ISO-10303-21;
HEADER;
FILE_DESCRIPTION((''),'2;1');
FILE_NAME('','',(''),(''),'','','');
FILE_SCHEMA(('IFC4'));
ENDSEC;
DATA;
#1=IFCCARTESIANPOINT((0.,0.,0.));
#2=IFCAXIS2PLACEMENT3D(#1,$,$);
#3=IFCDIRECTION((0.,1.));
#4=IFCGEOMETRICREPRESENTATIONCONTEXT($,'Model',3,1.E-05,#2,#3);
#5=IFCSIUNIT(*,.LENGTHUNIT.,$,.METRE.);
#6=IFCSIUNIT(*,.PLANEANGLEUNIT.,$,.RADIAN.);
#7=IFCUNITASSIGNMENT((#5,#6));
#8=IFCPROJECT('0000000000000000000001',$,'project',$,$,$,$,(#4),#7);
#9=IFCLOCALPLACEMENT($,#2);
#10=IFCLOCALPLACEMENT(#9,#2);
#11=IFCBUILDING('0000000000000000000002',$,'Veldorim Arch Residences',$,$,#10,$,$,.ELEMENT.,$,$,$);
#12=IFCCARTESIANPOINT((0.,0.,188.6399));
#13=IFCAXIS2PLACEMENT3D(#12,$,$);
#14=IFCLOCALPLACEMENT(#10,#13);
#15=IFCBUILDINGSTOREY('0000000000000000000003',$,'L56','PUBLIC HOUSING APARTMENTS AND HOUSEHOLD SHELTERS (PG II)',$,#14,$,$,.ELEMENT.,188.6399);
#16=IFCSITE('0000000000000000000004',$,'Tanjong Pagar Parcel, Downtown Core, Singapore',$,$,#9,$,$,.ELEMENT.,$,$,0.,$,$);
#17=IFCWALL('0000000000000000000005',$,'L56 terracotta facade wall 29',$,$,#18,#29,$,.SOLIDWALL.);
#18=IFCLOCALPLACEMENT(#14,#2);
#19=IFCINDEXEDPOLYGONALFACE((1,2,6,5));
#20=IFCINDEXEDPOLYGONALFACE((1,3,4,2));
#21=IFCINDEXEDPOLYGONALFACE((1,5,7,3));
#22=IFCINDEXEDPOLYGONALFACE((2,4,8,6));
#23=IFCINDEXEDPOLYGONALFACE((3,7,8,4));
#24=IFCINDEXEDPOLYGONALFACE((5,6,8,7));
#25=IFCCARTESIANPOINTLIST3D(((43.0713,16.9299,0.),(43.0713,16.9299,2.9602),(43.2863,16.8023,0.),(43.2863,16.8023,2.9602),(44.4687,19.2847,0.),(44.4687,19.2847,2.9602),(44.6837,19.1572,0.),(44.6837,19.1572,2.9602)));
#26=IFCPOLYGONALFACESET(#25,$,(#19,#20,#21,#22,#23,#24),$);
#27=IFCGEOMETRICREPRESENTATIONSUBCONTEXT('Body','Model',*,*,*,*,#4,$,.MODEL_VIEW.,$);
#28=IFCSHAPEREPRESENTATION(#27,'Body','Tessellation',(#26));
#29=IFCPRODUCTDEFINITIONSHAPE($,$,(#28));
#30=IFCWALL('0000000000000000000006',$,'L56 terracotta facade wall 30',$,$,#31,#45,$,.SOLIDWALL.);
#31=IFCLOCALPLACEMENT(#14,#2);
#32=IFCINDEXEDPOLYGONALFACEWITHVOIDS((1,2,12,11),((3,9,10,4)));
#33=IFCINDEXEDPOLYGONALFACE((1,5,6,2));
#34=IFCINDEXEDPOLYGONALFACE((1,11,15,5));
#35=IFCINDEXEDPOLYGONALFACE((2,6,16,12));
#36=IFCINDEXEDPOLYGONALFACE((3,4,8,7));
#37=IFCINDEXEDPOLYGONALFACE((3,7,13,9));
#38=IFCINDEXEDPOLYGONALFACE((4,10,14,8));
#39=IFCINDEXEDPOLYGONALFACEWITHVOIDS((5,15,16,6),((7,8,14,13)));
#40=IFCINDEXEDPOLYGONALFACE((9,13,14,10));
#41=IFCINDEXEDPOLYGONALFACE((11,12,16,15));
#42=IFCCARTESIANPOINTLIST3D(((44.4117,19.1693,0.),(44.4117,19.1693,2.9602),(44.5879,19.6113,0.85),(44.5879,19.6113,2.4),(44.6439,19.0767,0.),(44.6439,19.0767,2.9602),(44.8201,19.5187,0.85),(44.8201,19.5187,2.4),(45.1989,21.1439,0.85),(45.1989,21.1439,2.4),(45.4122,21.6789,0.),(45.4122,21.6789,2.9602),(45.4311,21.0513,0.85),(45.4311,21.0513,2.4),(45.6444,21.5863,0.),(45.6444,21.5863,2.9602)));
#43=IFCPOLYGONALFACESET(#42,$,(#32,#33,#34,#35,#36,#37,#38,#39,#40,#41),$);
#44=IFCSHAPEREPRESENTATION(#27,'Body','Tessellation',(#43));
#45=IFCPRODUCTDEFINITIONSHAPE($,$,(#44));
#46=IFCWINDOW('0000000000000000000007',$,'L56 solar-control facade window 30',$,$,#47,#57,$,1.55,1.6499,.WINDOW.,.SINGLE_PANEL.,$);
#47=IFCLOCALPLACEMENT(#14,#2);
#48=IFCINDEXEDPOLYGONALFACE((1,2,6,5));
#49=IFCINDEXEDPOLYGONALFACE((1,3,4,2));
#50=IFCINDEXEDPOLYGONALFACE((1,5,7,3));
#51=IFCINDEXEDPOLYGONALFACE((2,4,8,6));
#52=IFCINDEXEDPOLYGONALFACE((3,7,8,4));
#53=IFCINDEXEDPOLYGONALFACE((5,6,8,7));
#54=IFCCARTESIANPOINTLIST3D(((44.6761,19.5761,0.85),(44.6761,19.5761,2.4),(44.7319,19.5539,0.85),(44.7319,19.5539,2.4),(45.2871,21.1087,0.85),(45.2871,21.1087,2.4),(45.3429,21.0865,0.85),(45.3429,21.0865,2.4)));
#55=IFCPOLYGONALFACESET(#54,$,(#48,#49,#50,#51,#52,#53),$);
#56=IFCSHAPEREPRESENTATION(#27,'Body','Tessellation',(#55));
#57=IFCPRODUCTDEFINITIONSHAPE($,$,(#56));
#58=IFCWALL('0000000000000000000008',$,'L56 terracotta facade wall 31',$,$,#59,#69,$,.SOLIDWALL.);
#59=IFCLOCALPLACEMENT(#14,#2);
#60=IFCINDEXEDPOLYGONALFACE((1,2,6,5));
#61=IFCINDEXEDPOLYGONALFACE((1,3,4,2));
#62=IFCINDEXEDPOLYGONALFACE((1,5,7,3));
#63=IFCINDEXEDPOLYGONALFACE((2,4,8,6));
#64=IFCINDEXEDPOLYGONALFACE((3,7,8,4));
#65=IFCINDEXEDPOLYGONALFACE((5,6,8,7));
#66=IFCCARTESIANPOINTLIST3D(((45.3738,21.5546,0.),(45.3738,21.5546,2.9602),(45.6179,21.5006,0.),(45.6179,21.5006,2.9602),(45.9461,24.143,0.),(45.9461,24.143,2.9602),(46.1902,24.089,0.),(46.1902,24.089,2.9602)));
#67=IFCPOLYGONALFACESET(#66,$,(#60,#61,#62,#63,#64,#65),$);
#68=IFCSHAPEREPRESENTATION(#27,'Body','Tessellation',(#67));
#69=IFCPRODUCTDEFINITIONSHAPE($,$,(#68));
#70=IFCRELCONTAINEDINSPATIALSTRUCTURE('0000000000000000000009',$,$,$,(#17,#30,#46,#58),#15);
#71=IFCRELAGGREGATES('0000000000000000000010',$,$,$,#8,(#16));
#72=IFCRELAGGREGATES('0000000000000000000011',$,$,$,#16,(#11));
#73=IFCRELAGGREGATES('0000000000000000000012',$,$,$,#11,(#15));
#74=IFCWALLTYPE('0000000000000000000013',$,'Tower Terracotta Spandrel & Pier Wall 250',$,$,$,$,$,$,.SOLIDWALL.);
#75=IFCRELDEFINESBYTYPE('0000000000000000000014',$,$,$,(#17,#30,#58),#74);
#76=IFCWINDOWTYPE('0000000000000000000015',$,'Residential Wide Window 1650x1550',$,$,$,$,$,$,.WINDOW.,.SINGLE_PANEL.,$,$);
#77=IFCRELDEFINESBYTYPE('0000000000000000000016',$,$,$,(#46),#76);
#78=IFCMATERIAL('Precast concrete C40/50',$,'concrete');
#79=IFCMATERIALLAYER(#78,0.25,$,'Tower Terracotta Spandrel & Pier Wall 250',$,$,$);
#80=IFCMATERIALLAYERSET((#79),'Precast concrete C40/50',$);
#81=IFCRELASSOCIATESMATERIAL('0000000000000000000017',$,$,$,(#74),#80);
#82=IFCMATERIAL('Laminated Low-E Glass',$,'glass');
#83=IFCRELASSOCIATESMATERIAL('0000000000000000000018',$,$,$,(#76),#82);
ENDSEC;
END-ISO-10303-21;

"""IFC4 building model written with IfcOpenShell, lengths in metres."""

from ifc_helpers import new_model, si_unit, direction, frame, frame_2d, origin, place, context, subcontext, project, spatial, rectangle, extrude, material, layer, layer_set, type_object, element, fill, save


model = new_model("IFC4")

# Units and contexts
model_context = context("Model", 3, precision=1e-05, world=origin(), true_north=direction((0.0, 1.0)))
body_context = subcontext(model_context, "Body", "Model", "MODEL_VIEW")
ifc_project = project(units=[si_unit("LENGTHUNIT", "METRE"), si_unit("PLANEANGLEUNIT", "RADIAN")], contexts=[model_context])

# Site, building, storey
site_placement = place(None, origin())
site = spatial("IfcSite", under=ifc_project, at=site_placement, Name="Tanjong Pagar Parcel, Downtown Core, Singapore", CompositionType="ELEMENT", RefElevation=0.0)
building_placement = place(site_placement, origin())
building = spatial("IfcBuilding", under=site, at=building_placement, Name="Veldorim Arch Residences", CompositionType="ELEMENT")
storey_placement = place(building_placement, frame((0.0, 0.0, 188.6399)))
storey = spatial("IfcBuildingStorey", under=building, at=storey_placement, Name="L56", Description="PUBLIC HOUSING APARTMENTS AND HOUSEHOLD SHELTERS (PG II)", CompositionType="ELEMENT", Elevation=188.6399)

# Wall
ifc_material_1 = material(Name="Precast concrete C40/50", Category="concrete")
ifc_layer_1 = layer(ifc_material_1, 0.25, Name="Tower Terracotta Spandrel & Pier Wall 250")
ifc_layer_set_1 = layer_set([ifc_layer_1], Name="Precast concrete C40/50")
wall_type_1 = type_object("IfcWallType", Name="Tower Terracotta Spandrel & Pier Wall 250", PredefinedType="SOLIDWALL", material=ifc_layer_set_1)
wall_1_placement = place(storey_placement, frame((44.5762, 19.2209, 0.0), z_axis=(0.0, 0.0, 1.0), x_axis=(-0.51032, -0.859984, 0.0)))
element("IfcWall", 1, at=wall_1_placement, inside=storey, type_object=wall_type_1, Name="L56 terracotta facade wall 29", PredefinedType="SOLIDWALL", context=body_context, shape_type="SweptSolid", body=[
    extrude(rectangle(XDim=2.7383, YDim=0.25, at=frame_2d((1.3691, 0.0))), origin(), (0.0, 0.0, 1.0), 2.9602),
])

# Wall, opening, window
wall_2_placement = place(storey_placement, frame((45.5283, 21.6326, 0.0), z_axis=(0.0, 0.0, 1.0), x_axis=(-0.370331, -0.9289, 0.0)))
wall_2 = element("IfcWall", 2, at=wall_2_placement, inside=storey, type_object=wall_type_1, Name="L56 terracotta facade wall 30", PredefinedType="SOLIDWALL", context=body_context, shape_type="SweptSolid", body=[
    extrude(rectangle(XDim=2.7017, YDim=0.25, at=frame_2d((1.3508, 0.0))), origin(), (0.0, 0.0, 1.0), 2.9602),
])
opening_1_placement = place(wall_2_placement, frame((0.5759, 0.0, 0.8501)))
opening_1 = element("IfcOpeningElement", 3, at=opening_1_placement, cuts=wall_2, PredefinedType="OPENING", context=body_context, shape_type="SweptSolid", body=[
    extrude(rectangle(XDim=1.6499, YDim=1.55, at=frame_2d((0.825, 0.7749))), frame((0.0, 0.135, 0.0), z_axis=(0.0, -1.0, 0.0), x_axis=(1.0, 0.0, 0.0)), (0.0, 0.0, 1.0), 0.27),
])
ifc_material_2 = material(Name="Laminated Low-E Glass", Category="glass")
window_type = type_object("IfcWindowType", Name="Residential Wide Window 1650x1550", PartitioningType="SINGLE_PANEL", PredefinedType="WINDOW", material=ifc_material_2)
window_placement = place(opening_1_placement, origin())
window = element("IfcWindow", 4, at=window_placement, inside=storey, type_object=window_type, Name="L56 solar-control facade window 30", OverallHeight=1.55, OverallWidth=1.6499, PartitioningType="SINGLE_PANEL", PredefinedType="WINDOW", context=body_context, shape_type="SweptSolid", body=[
    extrude(rectangle(XDim=1.6499, YDim=1.55, at=frame_2d((0.825, 0.7749))), frame((0.0, 0.03, 0.0), z_axis=(0.0, -1.0, 0.0), x_axis=(1.0, 0.0, 0.0)), (0.0, 0.0, 1.0), 0.0601),
])
fill(opening_1, window)

# Wall
wall_3_placement = place(storey_placement, frame((46.0681, 24.116, 0.0), z_axis=(0.0, 0.0, 1.0), x_axis=(-0.215877, -0.976421, 0.0)))
element("IfcWall", 5, at=wall_3_placement, inside=storey, type_object=wall_type_1, Name="L56 terracotta facade wall 31", PredefinedType="SOLIDWALL", context=body_context, shape_type="SweptSolid", body=[
    extrude(rectangle(XDim=2.6509, YDim=0.25, at=frame_2d((1.3254, 0.0))), origin(), (0.0, 0.0, 1.0), 2.9602),
])

save(model, "model.ifc")
